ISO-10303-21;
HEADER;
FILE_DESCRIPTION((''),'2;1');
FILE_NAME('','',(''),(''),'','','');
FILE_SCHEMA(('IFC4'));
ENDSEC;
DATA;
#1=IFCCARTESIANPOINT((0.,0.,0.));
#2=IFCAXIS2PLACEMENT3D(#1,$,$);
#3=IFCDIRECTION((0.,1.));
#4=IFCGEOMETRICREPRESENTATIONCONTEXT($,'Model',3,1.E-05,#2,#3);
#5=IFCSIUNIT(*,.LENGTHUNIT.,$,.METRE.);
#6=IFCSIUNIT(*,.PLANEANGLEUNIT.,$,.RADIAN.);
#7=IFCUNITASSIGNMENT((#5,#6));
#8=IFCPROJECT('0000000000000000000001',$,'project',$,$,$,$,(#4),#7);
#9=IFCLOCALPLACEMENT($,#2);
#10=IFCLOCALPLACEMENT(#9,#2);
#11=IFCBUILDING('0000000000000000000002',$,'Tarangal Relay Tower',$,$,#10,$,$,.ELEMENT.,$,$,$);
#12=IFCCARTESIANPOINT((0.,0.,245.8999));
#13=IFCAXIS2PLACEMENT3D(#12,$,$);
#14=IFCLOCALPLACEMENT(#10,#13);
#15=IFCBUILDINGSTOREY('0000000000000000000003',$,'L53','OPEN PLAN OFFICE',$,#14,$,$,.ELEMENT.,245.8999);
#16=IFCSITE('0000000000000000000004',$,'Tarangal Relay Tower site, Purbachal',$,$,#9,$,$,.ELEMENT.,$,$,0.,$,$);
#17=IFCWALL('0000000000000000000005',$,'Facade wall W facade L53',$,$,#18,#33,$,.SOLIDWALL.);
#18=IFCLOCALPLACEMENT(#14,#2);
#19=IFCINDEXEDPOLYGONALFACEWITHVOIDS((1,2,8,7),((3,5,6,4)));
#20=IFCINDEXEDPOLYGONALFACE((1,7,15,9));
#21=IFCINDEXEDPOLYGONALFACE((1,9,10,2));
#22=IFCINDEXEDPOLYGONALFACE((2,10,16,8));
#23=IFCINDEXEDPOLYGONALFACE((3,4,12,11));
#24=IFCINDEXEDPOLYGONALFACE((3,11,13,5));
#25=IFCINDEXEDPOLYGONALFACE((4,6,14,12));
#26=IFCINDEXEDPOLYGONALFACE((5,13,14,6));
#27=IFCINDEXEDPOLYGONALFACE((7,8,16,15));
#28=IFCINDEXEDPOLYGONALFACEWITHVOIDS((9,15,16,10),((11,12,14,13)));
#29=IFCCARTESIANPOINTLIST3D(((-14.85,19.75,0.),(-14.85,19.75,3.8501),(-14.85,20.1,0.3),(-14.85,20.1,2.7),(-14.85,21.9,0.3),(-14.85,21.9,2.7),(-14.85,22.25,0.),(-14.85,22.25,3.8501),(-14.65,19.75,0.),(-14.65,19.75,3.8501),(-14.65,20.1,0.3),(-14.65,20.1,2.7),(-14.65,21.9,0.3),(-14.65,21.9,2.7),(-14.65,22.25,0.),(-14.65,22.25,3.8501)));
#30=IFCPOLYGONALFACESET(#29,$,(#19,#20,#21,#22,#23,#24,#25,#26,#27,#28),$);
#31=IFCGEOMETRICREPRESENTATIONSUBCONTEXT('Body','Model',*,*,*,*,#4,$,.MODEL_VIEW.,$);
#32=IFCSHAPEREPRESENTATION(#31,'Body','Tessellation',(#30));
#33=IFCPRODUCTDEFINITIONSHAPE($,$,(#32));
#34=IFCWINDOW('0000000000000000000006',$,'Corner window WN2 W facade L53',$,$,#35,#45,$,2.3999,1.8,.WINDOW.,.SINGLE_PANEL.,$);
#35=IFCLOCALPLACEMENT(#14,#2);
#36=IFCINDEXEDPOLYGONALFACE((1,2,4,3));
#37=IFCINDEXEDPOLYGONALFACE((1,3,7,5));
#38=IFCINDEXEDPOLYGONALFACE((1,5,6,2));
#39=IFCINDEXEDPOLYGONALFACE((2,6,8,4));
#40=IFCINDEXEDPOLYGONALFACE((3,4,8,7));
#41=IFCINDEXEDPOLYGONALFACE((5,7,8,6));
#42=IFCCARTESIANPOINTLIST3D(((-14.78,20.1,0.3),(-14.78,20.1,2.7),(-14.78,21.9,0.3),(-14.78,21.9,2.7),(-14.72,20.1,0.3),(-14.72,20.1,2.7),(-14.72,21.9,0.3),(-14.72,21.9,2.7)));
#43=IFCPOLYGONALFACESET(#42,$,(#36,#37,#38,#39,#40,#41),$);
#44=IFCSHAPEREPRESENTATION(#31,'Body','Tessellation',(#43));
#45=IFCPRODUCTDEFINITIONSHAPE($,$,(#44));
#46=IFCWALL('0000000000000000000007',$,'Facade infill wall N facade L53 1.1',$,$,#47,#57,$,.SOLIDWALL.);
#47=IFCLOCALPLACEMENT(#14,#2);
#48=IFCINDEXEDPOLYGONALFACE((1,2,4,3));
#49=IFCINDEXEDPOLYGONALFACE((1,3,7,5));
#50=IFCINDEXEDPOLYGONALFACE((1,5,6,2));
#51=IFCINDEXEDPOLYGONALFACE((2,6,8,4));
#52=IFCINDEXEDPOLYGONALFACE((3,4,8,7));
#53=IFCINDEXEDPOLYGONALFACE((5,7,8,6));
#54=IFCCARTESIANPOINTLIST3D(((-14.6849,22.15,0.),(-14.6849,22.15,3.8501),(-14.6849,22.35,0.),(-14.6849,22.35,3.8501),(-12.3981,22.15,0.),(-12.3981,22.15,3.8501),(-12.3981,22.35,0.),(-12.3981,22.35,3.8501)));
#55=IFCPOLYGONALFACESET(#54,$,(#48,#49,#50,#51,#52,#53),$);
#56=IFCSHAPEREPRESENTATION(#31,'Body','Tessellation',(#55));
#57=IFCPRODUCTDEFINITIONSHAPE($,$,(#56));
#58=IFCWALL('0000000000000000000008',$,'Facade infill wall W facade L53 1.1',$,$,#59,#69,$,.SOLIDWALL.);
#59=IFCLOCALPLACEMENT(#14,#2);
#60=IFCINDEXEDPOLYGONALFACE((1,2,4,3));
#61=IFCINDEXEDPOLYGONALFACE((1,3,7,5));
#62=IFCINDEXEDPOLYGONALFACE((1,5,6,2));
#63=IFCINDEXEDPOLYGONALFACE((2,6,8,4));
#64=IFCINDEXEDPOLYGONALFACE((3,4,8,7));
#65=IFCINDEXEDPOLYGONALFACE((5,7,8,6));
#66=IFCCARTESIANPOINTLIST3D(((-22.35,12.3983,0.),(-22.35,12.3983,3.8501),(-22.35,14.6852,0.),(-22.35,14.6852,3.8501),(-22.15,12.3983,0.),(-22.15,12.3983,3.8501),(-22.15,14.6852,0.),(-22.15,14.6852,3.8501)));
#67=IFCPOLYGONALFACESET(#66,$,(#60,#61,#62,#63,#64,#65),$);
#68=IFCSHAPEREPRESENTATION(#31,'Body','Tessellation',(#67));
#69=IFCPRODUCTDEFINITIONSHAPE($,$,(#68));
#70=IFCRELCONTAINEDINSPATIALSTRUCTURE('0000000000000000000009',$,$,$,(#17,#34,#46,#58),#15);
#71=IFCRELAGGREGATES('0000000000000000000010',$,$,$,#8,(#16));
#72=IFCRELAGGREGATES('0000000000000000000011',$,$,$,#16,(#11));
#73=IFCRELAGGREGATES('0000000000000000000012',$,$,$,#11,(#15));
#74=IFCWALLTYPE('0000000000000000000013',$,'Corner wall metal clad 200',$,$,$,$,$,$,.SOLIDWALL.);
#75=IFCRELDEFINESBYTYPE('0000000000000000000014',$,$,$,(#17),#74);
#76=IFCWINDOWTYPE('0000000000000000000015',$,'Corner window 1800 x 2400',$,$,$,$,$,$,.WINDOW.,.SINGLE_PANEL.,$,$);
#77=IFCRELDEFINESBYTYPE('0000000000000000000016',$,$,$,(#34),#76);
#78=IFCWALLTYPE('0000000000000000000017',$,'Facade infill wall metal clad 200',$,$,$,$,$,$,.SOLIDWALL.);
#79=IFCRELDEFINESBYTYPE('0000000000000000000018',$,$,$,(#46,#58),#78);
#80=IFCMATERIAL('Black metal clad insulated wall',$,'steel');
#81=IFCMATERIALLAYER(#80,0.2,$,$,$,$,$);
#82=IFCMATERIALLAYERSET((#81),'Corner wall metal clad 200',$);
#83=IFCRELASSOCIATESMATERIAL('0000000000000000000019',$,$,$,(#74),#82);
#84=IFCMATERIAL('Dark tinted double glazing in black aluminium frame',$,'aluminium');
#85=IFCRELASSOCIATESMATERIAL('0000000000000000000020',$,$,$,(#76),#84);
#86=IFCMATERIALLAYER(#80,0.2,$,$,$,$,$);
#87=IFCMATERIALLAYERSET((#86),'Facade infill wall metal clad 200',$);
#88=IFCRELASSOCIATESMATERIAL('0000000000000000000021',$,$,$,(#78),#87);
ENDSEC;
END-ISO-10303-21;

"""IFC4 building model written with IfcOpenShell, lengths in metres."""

from ifc_helpers import new_model, si_unit, direction, frame, frame_2d, origin, place, context, subcontext, project, spatial, rectangle, extrude, material, layer, layer_set, type_object, element, fill, save


model = new_model("IFC4")

# Units and contexts
model_context = context("Model", 3, precision=1e-05, world=origin(), true_north=direction((0.0, 1.0)))
body_context = subcontext(model_context, "Body", "Model", "MODEL_VIEW")
ifc_project = project(units=[si_unit("LENGTHUNIT", "METRE"), si_unit("PLANEANGLEUNIT", "RADIAN")], contexts=[model_context])

# Site, building, storey
site_placement = place(None, origin())
site = spatial("IfcSite", under=ifc_project, at=site_placement, Name="Tarangal Relay Tower site, Purbachal", CompositionType="ELEMENT", RefElevation=0.0)
building_placement = place(site_placement, origin())
building = spatial("IfcBuilding", under=site, at=building_placement, Name="Tarangal Relay Tower", CompositionType="ELEMENT")
storey_placement = place(building_placement, frame((0.0, 0.0, 245.8999)))
storey = spatial("IfcBuildingStorey", under=building, at=storey_placement, Name="L53", Description="OPEN PLAN OFFICE", CompositionType="ELEMENT", Elevation=245.8999)

# Shared definitions
ifc_material_1 = material(Name="Black metal clad insulated wall", Category="steel")
ifc_layer_1 = layer(ifc_material_1, 0.2)
ifc_layer_set_1 = layer_set([ifc_layer_1], Name="Corner wall metal clad 200")
wall_type_1 = type_object("IfcWallType", Name="Corner wall metal clad 200", PredefinedType="SOLIDWALL", material=ifc_layer_set_1)

# Shared definitions
ifc_material_2 = material(Name="Dark tinted double glazing in black aluminium frame", Category="aluminium")
window_type = type_object("IfcWindowType", Name="Corner window 1800 x 2400", PartitioningType="SINGLE_PANEL", PredefinedType="WINDOW", material=ifc_material_2)

# Wall, opening, window
wall_1_placement = place(storey_placement, frame((-14.75, 19.75, 0.0), z_axis=(0.0, 0.0, 1.0), x_axis=(0.0, 1.0, 0.0)))
wall_1 = element("IfcWall", 1, at=wall_1_placement, inside=storey, type_object=wall_type_1, Name="Facade wall W facade L53", PredefinedType="SOLIDWALL", context=body_context, shape_type="SweptSolid", body=[
    extrude(rectangle(XDim=2.5, YDim=0.2, at=frame_2d((1.25, 0.0))), origin(), (0.0, 0.0, 1.0), 3.8501),
])
opening_1_placement = place(wall_1_placement, frame((0.3501, 0.0, 0.3)))
opening_1 = element("IfcOpeningElement", 2, at=opening_1_placement, cuts=wall_1, PredefinedType="OPENING", context=body_context, shape_type="SweptSolid", body=[
    extrude(rectangle(XDim=1.8, YDim=2.3999, at=frame_2d((0.8999, 1.2))), frame((0.0, 0.1099, 0.0), z_axis=(0.0, -1.0, 0.0), x_axis=(1.0, 0.0, 0.0)), (0.0, 0.0, 1.0), 0.22),
])
window_1_placement = place(opening_1_placement, origin())
window_1 = element("IfcWindow", 3, at=window_1_placement, inside=storey, type_object=window_type, Name="Corner window WN2 W facade L53", OverallHeight=2.3999, OverallWidth=1.8, PartitioningType="SINGLE_PANEL", PredefinedType="WINDOW", context=body_context, shape_type="SweptSolid", body=[
    extrude(rectangle(XDim=1.8, YDim=2.3999, at=frame_2d((0.8999, 1.2))), frame((0.0, 0.03, 0.0), z_axis=(0.0, -1.0, 0.0), x_axis=(1.0, 0.0, 0.0)), (0.0, 0.0, 1.0), 0.0601),
])
fill(opening_1, window_1)

# Walls
ifc_layer_2 = layer(ifc_material_1, 0.2)
ifc_layer_set_2 = layer_set([ifc_layer_2], Name="Facade infill wall metal clad 200")
wall_type_2 = type_object("IfcWallType", Name="Facade infill wall metal clad 200", PredefinedType="SOLIDWALL", material=ifc_layer_set_2)
for number, where, z_axis, x_axis, name in (
    (4, (-14.6851, 22.25, 0.0), (0.0, 0.0, 1.0), (1.0, 0.0, 0.0), "Facade infill wall N facade L53 1.1"),
    (5, (-22.25, 12.3982, 0.0), (0.0, 0.0, 1.0), (0.0, 1.0, 0.0), "Facade infill wall W facade L53 1.1"),
):
    element("IfcWall", number, at=place(storey_placement, frame(where, z_axis=z_axis, x_axis=x_axis)), inside=storey, type_object=wall_type_2, Name=name, PredefinedType="SOLIDWALL", context=body_context, shape_type="SweptSolid", body=[
        extrude(rectangle(XDim=2.2869, YDim=0.2, at=frame_2d((1.1436, 0.0))), origin(), (0.0, 0.0, 1.0), 3.8501),
    ])

save(model, "model.ifc")
